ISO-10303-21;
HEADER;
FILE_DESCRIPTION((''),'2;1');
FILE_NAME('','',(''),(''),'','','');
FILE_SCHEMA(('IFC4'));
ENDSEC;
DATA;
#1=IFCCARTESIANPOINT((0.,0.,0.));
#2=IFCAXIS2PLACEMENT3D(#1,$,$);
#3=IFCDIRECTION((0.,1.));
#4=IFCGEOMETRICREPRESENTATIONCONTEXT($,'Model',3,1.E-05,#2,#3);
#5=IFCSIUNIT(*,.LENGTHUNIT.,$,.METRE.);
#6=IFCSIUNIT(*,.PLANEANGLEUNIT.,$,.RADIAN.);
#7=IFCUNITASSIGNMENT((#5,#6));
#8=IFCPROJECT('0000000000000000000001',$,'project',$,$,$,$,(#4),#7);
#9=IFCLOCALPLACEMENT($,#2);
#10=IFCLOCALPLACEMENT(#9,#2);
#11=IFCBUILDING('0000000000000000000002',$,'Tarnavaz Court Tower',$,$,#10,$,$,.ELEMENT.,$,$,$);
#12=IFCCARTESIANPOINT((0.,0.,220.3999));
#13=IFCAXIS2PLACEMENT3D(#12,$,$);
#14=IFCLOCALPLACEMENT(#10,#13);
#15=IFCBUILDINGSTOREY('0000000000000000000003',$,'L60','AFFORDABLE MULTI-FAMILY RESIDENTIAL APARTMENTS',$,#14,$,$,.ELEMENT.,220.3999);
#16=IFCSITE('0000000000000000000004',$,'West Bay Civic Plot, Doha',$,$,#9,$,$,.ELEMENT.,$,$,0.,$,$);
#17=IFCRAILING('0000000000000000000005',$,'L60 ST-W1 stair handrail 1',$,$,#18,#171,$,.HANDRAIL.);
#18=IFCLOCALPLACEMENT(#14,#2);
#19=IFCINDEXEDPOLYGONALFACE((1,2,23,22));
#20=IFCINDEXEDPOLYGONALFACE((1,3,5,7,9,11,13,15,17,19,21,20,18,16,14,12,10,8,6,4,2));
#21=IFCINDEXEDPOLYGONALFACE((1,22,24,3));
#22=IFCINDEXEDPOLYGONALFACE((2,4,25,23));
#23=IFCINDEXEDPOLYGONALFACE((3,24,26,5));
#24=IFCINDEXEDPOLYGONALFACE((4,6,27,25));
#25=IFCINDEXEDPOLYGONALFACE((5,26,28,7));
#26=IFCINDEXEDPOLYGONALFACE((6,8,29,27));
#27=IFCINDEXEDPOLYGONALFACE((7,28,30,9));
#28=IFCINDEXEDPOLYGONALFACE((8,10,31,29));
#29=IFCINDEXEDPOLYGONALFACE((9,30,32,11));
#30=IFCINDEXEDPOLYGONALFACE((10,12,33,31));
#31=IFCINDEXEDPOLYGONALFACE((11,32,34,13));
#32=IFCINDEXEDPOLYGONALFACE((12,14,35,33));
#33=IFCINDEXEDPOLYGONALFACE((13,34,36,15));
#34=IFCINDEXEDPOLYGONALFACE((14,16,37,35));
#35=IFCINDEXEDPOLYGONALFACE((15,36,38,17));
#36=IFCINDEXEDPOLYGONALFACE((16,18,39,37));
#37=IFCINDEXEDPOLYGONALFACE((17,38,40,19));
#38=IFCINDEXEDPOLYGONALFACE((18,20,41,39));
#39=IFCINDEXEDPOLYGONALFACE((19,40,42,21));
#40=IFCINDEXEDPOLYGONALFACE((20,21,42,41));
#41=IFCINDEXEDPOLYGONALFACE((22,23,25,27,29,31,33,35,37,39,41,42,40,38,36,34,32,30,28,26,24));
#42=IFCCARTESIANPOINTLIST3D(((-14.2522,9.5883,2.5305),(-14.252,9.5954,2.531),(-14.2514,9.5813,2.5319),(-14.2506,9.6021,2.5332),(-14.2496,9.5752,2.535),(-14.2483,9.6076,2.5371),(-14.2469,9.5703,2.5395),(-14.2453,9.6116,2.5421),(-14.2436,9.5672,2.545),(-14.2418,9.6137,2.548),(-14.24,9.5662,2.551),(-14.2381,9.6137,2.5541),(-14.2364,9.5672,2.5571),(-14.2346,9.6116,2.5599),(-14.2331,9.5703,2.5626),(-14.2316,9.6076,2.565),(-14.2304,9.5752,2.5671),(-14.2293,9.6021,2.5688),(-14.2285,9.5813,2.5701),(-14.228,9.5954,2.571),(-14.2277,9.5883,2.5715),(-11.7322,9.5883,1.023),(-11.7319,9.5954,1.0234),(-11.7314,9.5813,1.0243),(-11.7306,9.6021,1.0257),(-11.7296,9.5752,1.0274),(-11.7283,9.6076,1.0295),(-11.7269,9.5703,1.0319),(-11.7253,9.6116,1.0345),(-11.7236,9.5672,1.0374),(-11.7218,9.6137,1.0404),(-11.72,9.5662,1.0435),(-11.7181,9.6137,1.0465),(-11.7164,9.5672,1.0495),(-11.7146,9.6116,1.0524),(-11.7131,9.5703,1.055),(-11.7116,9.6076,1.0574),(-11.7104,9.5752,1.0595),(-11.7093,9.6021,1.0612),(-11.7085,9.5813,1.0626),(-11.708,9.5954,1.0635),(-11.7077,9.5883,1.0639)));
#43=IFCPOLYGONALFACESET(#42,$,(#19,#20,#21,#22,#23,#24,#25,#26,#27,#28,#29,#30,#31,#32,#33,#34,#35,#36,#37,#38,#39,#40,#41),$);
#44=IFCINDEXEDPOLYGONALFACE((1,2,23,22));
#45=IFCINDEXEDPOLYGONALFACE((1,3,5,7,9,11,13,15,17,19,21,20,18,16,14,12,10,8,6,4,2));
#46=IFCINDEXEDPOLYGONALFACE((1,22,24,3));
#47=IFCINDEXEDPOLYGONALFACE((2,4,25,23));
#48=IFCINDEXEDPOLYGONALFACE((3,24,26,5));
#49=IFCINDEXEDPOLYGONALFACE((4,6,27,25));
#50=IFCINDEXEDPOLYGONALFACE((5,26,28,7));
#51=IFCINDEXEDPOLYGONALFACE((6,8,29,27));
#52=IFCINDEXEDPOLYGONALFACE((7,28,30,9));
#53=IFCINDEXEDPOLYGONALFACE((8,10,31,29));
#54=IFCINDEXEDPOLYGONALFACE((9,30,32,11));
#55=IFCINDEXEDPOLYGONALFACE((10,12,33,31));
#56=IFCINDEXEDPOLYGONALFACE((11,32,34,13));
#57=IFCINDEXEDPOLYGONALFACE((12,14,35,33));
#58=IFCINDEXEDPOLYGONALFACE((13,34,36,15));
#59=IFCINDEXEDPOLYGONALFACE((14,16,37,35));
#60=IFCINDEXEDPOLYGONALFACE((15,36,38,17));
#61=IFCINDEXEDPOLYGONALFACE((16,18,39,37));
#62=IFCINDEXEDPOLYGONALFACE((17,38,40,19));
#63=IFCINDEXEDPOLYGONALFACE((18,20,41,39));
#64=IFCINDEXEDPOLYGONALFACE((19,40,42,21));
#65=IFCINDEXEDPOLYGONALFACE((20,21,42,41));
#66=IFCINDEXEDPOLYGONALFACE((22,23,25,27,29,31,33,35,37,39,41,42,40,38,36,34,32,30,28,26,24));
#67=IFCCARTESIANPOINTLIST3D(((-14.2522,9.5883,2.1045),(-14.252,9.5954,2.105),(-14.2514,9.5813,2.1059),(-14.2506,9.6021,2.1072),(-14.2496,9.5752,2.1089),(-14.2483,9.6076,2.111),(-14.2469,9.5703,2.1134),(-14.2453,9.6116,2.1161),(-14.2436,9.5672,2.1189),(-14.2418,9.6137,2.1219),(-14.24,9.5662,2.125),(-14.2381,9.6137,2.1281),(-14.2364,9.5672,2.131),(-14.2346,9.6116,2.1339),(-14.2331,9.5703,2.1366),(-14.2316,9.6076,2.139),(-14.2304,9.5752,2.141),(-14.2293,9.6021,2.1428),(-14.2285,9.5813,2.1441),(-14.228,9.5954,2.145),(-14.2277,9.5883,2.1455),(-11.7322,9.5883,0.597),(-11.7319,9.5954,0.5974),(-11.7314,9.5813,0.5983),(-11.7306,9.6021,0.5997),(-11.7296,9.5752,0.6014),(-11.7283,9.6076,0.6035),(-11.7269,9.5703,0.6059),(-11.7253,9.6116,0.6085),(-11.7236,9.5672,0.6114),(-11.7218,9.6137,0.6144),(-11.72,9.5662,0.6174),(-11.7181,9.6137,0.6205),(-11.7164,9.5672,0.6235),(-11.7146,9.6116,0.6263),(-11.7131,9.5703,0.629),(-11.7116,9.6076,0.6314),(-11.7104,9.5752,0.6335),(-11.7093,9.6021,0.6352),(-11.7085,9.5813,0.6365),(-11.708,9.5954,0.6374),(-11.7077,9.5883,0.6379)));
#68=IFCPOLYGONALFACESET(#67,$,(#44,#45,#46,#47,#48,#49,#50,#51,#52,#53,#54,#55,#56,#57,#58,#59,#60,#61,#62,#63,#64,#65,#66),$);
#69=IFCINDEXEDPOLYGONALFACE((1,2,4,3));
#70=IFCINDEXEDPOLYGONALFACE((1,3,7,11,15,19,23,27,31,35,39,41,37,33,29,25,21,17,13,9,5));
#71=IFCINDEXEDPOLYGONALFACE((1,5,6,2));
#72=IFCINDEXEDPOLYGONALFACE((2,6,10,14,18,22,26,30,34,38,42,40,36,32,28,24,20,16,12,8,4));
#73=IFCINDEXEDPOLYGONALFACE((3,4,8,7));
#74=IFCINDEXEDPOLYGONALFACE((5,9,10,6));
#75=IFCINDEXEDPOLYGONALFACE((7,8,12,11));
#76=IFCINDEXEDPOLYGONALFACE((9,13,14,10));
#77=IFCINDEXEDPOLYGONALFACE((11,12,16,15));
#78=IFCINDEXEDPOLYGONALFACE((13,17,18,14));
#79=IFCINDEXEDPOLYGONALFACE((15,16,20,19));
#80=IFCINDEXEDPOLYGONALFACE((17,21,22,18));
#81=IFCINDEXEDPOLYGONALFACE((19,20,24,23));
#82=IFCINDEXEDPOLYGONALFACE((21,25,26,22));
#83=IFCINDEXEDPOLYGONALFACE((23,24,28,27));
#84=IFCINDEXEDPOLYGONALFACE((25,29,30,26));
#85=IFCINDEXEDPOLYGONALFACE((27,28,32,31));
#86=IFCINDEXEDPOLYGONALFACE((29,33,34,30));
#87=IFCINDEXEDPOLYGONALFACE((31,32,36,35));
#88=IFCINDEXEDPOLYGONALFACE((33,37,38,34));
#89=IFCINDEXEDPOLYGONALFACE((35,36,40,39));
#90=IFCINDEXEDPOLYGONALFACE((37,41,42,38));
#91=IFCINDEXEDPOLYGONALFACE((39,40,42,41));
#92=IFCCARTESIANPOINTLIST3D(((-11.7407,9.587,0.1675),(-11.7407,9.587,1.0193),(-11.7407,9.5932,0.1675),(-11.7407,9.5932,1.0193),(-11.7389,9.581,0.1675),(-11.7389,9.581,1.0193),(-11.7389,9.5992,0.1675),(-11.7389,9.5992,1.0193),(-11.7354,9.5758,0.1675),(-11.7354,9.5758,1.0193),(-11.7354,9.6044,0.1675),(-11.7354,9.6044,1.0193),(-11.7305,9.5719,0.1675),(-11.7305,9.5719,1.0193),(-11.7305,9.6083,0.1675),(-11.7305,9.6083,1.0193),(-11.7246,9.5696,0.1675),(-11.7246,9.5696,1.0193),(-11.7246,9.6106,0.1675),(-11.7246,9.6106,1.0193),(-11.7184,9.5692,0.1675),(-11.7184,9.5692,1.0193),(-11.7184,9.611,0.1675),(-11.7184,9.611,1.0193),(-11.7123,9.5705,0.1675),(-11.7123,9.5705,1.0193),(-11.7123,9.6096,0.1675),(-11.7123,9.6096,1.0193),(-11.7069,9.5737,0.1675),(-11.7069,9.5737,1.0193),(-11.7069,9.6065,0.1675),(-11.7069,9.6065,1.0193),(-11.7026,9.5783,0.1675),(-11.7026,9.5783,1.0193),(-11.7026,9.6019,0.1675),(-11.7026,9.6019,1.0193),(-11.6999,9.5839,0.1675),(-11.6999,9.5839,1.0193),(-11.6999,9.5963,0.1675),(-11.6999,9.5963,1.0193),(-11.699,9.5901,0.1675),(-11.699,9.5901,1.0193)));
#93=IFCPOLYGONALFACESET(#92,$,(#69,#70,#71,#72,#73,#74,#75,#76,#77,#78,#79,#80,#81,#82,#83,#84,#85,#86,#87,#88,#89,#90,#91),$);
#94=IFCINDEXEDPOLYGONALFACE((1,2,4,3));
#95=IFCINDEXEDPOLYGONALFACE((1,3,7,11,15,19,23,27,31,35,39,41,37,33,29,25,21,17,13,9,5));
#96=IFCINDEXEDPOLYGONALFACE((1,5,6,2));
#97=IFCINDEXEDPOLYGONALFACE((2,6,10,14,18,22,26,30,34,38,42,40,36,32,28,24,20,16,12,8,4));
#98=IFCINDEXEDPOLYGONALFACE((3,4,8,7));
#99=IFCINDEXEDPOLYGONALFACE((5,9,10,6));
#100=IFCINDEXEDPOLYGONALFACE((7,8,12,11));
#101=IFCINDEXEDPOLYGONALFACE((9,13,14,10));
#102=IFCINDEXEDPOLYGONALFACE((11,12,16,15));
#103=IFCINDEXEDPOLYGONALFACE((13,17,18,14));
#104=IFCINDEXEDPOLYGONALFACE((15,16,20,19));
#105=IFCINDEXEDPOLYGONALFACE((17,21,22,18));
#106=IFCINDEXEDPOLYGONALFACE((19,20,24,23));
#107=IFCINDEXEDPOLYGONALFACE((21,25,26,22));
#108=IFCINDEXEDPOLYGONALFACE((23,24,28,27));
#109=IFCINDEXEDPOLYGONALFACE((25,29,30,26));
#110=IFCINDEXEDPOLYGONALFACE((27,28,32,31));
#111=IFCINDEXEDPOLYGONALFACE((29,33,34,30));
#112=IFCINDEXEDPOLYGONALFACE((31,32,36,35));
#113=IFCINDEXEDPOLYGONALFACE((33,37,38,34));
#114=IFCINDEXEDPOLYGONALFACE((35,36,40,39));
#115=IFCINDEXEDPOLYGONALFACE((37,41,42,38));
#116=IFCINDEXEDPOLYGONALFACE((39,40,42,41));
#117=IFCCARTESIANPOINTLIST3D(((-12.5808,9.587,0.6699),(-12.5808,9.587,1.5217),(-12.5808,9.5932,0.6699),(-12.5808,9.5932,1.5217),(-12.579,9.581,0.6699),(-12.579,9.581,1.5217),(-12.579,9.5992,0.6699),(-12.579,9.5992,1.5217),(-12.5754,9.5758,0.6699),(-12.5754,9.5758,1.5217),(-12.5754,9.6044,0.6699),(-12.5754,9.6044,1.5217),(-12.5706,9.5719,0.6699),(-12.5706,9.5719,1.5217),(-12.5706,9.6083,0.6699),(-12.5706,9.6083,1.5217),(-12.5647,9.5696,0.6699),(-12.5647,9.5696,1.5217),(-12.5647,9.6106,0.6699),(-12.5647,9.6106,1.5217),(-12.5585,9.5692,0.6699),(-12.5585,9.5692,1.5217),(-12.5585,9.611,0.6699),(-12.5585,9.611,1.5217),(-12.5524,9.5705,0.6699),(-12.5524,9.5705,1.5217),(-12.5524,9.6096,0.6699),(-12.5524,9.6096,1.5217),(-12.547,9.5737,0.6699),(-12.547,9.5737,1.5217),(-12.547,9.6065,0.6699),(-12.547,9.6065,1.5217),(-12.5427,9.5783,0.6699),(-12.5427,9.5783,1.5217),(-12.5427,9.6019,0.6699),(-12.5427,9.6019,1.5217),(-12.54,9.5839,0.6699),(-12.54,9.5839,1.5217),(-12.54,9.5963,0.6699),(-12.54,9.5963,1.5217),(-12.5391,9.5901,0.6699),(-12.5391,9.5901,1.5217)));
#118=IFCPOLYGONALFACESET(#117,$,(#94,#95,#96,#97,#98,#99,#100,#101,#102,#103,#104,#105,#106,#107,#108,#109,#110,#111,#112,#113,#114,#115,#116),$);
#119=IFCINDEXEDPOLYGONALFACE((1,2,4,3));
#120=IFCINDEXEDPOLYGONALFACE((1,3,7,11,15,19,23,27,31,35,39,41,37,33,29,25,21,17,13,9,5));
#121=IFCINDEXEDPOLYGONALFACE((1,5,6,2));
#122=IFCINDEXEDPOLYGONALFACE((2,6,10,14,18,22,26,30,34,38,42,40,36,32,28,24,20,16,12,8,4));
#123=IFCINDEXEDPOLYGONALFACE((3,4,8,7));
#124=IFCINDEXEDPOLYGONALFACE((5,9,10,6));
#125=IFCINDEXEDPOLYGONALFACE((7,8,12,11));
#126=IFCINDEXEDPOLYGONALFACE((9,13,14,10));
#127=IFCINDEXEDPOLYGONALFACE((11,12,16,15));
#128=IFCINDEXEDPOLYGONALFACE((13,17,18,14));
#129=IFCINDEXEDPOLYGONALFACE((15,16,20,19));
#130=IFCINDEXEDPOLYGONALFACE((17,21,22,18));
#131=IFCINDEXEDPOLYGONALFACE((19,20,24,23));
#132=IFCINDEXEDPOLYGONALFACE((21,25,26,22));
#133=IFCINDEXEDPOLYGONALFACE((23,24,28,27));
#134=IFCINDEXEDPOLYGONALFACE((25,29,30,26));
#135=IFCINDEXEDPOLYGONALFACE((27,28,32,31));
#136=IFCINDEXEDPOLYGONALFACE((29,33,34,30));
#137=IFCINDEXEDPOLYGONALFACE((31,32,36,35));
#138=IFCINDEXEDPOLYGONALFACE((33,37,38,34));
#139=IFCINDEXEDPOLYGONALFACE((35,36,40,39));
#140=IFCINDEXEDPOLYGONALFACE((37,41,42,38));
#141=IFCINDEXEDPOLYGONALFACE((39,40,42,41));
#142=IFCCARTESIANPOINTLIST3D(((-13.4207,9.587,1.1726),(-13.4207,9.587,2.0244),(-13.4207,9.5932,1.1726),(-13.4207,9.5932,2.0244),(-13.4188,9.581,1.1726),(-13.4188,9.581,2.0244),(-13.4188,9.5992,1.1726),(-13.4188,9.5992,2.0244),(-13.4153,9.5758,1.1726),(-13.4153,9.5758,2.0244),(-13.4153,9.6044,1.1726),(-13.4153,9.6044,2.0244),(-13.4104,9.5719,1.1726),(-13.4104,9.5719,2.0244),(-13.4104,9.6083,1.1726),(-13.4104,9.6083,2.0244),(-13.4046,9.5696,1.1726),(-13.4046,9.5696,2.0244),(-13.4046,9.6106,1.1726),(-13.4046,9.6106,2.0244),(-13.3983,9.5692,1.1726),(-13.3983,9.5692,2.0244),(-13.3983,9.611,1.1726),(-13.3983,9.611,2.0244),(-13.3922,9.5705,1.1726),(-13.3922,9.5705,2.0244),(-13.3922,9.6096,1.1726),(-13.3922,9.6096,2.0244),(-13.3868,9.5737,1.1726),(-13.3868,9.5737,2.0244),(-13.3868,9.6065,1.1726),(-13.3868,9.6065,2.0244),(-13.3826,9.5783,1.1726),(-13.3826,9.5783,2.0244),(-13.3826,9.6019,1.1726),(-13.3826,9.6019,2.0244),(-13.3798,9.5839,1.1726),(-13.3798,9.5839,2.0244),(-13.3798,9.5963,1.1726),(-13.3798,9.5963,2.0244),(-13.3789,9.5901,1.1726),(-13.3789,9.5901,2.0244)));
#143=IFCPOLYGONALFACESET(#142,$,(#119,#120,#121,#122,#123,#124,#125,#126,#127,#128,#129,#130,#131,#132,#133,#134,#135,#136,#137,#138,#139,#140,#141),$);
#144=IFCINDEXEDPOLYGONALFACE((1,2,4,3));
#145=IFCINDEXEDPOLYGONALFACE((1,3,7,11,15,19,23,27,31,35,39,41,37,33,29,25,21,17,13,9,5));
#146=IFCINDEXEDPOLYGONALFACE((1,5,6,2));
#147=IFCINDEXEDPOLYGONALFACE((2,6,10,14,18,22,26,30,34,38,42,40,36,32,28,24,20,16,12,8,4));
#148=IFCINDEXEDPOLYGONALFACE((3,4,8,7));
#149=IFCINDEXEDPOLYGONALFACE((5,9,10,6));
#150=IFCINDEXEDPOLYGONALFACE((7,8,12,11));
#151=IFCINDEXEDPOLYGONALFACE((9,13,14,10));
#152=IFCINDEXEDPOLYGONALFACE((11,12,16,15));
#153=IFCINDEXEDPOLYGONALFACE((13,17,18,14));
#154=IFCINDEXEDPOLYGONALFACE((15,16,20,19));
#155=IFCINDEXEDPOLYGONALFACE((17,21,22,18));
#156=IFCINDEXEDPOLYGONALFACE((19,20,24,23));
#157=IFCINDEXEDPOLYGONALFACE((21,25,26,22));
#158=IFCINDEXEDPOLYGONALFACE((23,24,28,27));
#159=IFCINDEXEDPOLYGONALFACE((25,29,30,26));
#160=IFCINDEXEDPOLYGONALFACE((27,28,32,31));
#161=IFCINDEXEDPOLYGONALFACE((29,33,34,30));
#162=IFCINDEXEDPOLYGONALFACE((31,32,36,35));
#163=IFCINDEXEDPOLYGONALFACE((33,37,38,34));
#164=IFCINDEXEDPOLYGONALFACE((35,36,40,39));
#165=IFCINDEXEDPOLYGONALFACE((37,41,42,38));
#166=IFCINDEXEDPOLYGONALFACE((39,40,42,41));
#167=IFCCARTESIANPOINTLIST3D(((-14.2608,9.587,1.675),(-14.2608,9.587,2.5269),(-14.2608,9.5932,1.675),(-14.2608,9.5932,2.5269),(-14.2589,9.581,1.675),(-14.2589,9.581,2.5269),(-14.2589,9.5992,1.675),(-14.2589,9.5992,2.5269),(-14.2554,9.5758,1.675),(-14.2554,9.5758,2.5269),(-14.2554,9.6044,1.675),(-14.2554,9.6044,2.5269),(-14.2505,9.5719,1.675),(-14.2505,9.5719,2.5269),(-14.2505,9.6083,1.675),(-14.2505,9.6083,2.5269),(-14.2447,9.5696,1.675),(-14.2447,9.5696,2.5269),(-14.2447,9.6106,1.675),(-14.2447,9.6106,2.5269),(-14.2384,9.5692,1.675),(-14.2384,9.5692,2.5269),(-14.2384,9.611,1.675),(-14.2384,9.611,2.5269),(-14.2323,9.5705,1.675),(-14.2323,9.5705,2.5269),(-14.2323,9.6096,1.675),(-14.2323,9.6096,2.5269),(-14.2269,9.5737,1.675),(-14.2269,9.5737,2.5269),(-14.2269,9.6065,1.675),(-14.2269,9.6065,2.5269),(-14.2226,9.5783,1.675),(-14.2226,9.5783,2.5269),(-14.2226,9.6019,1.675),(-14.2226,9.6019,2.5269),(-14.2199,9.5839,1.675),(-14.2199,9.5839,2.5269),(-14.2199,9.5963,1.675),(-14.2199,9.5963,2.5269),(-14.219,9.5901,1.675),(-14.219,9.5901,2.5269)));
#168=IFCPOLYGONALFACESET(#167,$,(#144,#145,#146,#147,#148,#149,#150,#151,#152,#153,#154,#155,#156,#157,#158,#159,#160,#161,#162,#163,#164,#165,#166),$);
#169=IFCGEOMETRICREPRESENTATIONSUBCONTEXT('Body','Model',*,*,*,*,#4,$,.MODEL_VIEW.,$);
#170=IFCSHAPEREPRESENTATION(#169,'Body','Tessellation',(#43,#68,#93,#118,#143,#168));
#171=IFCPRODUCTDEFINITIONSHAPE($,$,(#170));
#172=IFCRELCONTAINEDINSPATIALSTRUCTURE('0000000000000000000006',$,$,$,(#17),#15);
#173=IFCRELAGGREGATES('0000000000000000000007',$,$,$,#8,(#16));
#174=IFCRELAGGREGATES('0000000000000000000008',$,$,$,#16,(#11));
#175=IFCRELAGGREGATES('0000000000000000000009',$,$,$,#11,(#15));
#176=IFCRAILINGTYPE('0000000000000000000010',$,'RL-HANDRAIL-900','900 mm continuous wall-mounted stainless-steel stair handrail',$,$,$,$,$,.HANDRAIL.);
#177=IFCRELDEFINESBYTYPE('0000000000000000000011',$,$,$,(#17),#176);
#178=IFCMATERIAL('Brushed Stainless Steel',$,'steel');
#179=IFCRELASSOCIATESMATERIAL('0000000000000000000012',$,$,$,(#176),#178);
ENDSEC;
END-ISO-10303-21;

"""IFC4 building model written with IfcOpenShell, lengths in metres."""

from ifc_helpers import new_model, si_unit, direction, frame, origin, origin_2d, place, context, subcontext, project, spatial, circle, extrude, material, type_object, element, save


model = new_model("IFC4")

# Units and contexts
model_context = context("Model", 3, precision=1e-05, world=origin(), true_north=direction((0.0, 1.0)))
body_context = subcontext(model_context, "Body", "Model", "MODEL_VIEW")
ifc_project = project(units=[si_unit("LENGTHUNIT", "METRE"), si_unit("PLANEANGLEUNIT", "RADIAN")], contexts=[model_context])

# Site, building, storey
site_placement = place(None, origin())
site = spatial("IfcSite", under=ifc_project, at=site_placement, Name="West Bay Civic Plot, Doha", CompositionType="ELEMENT", RefElevation=0.0)
building_placement = place(site_placement, origin())
building = spatial("IfcBuilding", under=site, at=building_placement, Name="Tarnavaz Court Tower", CompositionType="ELEMENT")
storey_placement = place(building_placement, frame((0.0, 0.0, 220.3999)))
storey = spatial("IfcBuildingStorey", under=building, at=storey_placement, Name="L60", Description="AFFORDABLE MULTI-FAMILY RESIDENTIAL APARTMENTS", CompositionType="ELEMENT", Elevation=220.3999)

# Railing
ifc_material_1 = material(Name="Brushed Stainless Steel", Category="steel")
railing_type_1 = type_object("IfcRailingType", Name="RL-HANDRAIL-900", Description="900 mm continuous wall-mounted stainless-steel stair handrail", PredefinedType="HANDRAIL", material=ifc_material_1)
railing_1_placement = place(storey_placement, frame((-11.72, 9.5901, 0.1675)))
element("IfcRailing", 1, at=railing_1_placement, inside=storey, type_object=railing_type_1, Name="L60 ST-W1 stair handrail 1", PredefinedType="HANDRAIL", context=body_context, shape_type="SweptSolid", body=[
    extrude(circle(Radius=0.0239, at=origin_2d()), frame((0.0, 0.0, 0.876), z_axis=(-0.85816, 0.0, 0.513383), x_axis=(0.0, -1.0, 0.0)), (0.0, 0.0, 1.0), 2.9365),
    extrude(circle(Radius=0.0239, at=origin_2d()), frame((0.0, 0.0, 0.45), z_axis=(-0.85816, 0.0, 0.513383), x_axis=(0.0, -1.0, 0.0)), (0.0, 0.0, 1.0), 2.9365),
    extrude(circle(Radius=0.021, at=origin_2d()), origin(), (0.0, 0.0, 1.0), 0.8518),
    extrude(circle(Radius=0.021, at=origin_2d()), frame((-0.8401, 0.0, 0.5024)), (0.0, 0.0, 1.0), 0.8518),
    extrude(circle(Radius=0.021, at=origin_2d()), frame((-1.6799, 0.0, 1.0051)), (0.0, 0.0, 1.0), 0.8518),
    extrude(circle(Radius=0.021, at=origin_2d()), frame((-2.52, 0.0, 1.5076)), (0.0, 0.0, 1.0), 0.8518),
])

save(model, "model.ifc")
